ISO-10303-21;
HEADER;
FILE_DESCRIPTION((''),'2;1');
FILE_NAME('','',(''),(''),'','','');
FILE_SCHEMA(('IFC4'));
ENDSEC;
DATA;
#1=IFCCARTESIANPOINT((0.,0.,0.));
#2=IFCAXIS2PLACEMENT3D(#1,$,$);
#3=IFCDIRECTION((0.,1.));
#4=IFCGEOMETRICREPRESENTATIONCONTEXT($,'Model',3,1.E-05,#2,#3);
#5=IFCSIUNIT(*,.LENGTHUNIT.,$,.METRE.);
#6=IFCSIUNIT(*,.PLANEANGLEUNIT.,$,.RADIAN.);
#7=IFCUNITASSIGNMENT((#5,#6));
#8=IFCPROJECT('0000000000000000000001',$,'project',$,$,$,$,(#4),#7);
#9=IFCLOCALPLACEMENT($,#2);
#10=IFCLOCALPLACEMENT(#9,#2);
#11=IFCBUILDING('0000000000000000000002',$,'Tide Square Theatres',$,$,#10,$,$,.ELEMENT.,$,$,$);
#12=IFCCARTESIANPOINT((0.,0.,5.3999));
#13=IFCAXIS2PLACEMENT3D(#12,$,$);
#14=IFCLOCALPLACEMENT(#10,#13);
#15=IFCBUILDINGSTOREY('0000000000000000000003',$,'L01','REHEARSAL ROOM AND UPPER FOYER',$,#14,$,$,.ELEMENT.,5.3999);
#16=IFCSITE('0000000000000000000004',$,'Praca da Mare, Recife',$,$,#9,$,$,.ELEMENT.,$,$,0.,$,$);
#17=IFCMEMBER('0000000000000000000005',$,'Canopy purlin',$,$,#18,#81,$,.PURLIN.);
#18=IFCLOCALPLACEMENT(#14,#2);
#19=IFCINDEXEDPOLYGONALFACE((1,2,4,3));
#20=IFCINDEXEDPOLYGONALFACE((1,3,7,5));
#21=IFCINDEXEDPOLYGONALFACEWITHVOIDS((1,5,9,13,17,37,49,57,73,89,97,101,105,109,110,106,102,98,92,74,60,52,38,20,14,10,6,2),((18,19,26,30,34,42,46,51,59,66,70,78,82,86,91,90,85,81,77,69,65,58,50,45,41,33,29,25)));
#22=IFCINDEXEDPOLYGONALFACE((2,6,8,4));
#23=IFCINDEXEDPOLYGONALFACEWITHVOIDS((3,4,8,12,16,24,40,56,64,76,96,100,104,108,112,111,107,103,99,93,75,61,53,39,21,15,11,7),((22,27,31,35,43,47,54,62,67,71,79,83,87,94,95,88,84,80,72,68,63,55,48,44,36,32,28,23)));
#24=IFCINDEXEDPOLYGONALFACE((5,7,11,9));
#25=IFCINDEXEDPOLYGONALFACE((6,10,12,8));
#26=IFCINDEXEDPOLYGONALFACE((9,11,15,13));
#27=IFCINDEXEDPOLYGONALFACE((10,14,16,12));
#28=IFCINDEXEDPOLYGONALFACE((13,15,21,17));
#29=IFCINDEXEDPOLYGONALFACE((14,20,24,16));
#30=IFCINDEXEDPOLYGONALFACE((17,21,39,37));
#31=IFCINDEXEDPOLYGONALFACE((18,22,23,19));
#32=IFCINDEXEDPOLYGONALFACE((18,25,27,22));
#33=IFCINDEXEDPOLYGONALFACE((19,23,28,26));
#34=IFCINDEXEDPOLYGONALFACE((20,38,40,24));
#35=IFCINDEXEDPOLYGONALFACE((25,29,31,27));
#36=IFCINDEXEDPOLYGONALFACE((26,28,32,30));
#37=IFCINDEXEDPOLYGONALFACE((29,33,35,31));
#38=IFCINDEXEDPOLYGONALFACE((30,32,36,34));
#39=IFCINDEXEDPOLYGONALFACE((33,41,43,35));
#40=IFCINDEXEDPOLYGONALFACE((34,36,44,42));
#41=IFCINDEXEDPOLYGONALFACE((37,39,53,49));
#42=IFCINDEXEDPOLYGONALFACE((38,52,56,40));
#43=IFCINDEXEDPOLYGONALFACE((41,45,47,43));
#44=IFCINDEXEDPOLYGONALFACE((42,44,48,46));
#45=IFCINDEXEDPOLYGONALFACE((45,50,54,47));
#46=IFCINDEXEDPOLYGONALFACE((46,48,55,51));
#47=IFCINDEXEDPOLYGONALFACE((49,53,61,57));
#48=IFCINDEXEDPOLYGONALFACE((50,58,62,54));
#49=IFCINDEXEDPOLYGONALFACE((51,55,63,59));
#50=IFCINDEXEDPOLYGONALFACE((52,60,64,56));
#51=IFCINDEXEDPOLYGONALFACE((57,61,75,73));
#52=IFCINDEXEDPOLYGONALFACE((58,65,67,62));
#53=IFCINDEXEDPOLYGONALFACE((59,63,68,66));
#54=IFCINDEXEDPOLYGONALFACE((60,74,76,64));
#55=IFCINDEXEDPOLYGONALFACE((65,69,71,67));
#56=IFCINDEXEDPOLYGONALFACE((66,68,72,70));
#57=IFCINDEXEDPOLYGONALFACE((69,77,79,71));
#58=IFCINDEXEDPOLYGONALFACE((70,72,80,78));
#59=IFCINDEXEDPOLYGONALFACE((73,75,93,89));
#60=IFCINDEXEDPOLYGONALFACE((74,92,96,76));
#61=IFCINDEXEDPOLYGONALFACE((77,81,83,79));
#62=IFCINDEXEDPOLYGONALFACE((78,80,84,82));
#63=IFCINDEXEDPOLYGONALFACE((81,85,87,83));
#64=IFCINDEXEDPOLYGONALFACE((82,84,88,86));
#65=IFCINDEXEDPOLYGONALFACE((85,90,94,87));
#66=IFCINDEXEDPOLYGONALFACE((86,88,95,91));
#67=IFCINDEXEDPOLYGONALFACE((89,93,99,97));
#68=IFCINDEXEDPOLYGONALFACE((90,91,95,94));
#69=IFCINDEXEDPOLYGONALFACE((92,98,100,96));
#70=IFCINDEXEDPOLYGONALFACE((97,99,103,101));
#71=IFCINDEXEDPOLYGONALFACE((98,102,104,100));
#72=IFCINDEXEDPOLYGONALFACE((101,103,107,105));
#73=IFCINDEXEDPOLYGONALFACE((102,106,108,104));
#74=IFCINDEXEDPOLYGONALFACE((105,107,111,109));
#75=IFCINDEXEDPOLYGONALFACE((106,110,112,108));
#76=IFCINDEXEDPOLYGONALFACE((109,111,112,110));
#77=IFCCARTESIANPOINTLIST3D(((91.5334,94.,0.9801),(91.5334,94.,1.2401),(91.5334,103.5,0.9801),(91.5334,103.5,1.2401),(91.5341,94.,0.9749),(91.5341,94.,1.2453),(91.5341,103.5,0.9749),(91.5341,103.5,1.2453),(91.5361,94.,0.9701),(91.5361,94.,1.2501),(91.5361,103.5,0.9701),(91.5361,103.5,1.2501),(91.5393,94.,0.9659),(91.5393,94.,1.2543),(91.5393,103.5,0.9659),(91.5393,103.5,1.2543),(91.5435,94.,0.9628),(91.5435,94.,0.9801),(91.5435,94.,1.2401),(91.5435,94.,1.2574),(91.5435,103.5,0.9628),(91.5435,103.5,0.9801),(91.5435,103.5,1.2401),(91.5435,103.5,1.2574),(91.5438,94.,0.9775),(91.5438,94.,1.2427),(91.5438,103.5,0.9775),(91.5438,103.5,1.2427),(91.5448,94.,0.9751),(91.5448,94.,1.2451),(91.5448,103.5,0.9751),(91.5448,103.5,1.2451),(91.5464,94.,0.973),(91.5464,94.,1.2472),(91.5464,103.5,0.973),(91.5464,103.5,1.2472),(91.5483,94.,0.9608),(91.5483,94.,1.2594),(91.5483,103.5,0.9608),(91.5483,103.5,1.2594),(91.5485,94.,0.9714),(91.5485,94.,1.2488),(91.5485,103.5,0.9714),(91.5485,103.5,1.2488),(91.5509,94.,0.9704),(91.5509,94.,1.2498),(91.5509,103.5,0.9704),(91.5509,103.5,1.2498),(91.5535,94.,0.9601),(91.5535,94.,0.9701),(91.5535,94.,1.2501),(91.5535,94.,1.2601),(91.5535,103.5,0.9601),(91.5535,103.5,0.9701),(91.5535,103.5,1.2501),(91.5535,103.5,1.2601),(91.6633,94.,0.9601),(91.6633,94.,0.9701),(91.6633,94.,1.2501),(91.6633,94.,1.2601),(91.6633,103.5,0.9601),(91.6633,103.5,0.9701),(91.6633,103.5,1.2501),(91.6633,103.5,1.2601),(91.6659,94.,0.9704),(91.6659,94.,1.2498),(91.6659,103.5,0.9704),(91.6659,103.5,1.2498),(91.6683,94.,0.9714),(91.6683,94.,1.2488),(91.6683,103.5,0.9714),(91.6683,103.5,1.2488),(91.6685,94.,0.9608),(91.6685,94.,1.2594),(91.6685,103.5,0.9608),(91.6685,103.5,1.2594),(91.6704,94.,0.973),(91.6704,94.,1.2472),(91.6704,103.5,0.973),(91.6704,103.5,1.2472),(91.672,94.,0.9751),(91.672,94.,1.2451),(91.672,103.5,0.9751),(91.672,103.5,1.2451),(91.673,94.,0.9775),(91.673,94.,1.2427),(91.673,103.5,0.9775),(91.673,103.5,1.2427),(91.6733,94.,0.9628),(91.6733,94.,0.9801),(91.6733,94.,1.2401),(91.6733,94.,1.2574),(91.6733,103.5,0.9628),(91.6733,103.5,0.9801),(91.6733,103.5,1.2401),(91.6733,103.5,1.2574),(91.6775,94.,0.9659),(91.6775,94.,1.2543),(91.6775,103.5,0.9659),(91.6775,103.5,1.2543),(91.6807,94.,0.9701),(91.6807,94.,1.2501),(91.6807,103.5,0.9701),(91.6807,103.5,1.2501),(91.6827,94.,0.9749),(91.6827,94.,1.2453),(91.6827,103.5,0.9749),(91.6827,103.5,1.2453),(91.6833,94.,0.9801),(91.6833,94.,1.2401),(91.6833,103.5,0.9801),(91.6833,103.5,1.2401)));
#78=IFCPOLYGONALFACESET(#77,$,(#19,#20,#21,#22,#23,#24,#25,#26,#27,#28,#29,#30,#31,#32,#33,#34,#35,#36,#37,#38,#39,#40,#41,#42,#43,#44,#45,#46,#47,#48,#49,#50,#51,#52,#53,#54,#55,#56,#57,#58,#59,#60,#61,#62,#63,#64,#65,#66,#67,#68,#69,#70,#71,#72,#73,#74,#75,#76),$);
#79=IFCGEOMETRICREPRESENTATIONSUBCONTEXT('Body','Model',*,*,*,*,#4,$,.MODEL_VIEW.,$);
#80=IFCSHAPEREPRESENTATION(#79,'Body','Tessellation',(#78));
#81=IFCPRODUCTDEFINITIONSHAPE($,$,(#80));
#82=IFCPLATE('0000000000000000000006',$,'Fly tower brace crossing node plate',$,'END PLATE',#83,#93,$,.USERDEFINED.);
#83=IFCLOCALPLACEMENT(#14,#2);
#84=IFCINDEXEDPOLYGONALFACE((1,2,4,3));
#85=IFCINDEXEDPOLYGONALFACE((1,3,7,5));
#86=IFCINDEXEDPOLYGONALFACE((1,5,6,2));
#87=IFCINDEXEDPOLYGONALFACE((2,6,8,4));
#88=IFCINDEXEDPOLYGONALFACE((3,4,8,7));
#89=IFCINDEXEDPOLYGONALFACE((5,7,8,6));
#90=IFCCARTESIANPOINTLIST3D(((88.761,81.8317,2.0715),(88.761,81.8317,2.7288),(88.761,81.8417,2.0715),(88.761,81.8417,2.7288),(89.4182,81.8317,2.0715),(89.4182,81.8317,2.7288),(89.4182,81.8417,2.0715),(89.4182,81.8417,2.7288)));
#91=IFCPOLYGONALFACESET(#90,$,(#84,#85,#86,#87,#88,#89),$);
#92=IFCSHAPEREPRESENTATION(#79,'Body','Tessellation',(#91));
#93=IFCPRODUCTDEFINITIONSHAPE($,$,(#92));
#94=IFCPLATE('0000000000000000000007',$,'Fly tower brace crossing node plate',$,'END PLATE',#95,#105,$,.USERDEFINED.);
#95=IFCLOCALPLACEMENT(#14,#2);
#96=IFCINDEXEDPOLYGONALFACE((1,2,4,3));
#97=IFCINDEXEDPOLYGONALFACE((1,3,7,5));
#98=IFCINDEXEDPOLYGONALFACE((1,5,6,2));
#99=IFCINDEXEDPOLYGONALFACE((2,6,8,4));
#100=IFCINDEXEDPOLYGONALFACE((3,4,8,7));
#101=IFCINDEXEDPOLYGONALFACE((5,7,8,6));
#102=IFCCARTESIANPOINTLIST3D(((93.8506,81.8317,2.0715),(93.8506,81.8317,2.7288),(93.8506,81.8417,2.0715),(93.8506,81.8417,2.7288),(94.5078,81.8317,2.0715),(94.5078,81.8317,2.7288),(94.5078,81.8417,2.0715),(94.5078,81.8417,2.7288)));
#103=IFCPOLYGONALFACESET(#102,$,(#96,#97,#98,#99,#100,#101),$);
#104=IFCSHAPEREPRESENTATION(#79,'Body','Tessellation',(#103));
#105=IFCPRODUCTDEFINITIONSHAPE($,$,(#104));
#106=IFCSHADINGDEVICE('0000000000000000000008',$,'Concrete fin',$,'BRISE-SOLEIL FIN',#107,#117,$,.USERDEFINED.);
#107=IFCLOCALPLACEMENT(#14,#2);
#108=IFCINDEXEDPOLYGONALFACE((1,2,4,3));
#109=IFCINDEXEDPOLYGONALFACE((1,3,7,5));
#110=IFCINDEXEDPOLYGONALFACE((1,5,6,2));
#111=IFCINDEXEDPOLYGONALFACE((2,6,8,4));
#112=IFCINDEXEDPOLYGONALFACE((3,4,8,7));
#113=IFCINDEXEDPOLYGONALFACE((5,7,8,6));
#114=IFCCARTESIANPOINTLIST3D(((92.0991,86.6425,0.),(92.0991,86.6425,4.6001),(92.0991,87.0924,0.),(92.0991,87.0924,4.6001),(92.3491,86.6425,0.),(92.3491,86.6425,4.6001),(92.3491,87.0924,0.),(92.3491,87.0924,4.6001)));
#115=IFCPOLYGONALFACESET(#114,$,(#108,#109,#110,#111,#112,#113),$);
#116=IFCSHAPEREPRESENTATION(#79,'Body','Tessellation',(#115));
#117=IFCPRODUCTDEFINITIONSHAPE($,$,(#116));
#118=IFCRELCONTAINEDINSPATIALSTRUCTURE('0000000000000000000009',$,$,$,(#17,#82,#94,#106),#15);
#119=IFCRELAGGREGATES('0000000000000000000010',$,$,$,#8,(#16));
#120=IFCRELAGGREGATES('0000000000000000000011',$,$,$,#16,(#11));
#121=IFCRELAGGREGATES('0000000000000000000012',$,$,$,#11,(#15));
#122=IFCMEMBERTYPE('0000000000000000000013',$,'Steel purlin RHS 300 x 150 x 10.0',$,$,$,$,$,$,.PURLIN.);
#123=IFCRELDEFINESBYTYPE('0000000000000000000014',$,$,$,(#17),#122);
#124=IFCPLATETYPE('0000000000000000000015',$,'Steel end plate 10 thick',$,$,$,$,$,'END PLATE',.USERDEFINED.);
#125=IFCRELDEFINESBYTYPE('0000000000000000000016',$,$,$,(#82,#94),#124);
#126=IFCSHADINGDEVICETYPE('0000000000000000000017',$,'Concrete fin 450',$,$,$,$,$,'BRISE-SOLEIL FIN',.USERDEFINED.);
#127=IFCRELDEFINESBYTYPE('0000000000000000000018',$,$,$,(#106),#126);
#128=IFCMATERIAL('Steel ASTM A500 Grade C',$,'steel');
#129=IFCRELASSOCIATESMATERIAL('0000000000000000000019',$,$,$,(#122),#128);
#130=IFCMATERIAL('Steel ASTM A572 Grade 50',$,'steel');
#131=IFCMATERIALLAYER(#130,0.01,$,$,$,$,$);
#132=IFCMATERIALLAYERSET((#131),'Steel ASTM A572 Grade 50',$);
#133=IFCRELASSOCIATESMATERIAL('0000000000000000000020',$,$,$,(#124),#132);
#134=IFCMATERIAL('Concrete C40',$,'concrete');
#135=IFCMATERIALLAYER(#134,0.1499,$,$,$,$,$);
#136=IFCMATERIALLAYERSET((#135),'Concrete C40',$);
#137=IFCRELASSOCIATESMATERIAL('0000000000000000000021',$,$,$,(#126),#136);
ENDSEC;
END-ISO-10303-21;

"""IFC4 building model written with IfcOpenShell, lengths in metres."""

from ifc_helpers import new_model, si_unit, direction, frame, origin, origin_2d, place, context, subcontext, project, spatial, rectangle, hollow_rectangle, extrude, material, layer, layer_set, material_profile, profile_set, type_object, element, save


model = new_model("IFC4")

# Units and contexts
model_context = context("Model", 3, precision=1e-05, world=origin(), true_north=direction((0.0, 1.0)))
body_context = subcontext(model_context, "Body", "Model", "MODEL_VIEW")
ifc_project = project(units=[si_unit("LENGTHUNIT", "METRE"), si_unit("PLANEANGLEUNIT", "RADIAN")], contexts=[model_context])

# Site, building, storey
site_placement = place(None, origin())
site = spatial("IfcSite", under=ifc_project, at=site_placement, Name="Praca da Mare, Recife", CompositionType="ELEMENT", RefElevation=0.0)
building_placement = place(site_placement, origin())
building = spatial("IfcBuilding", under=site, at=building_placement, Name="Tide Square Theatres", CompositionType="ELEMENT")
storey_placement = place(building_placement, frame((0.0, 0.0, 5.3999)))
storey = spatial("IfcBuildingStorey", under=building, at=storey_placement, Name="L01", Description="REHEARSAL ROOM AND UPPER FOYER", CompositionType="ELEMENT", Elevation=5.3999)

# Member
ifc_material_1 = material(Name="Steel ASTM A500 Grade C", Category="steel")
ifc_material_profile_1 = material_profile(ifc_material_1, hollow_rectangle(XDim=0.1499, YDim=0.3, WallThickness=0.01, InnerFilletRadius=0.01, OuterFilletRadius=0.02, at=origin_2d()))
ifc_profile_set_1 = profile_set([ifc_material_profile_1], Name="Steel ASTM A500 Grade C")
member_type = type_object("IfcMemberType", Name="Steel purlin RHS 300 x 150 x 10.0", PredefinedType="PURLIN", material=ifc_profile_set_1)
member_1_placement = place(storey_placement, frame((91.6084, 94.0, 1.1101), z_axis=(0.0, 1.0, 0.0), x_axis=(-1.0, 0.0, 0.0)))
element("IfcMember", 1, at=member_1_placement, inside=storey, type_object=member_type, Name="Canopy purlin", PredefinedType="PURLIN", context=body_context, shape_type="SweptSolid", body=[
    extrude(hollow_rectangle(XDim=0.1499, YDim=0.3, WallThickness=0.01, InnerFilletRadius=0.01, OuterFilletRadius=0.02, at=origin_2d()), origin(), (0.0, 0.0, 1.0), 9.5),
])

# Plates
ifc_material_2 = material(Name="Steel ASTM A572 Grade 50", Category="steel")
ifc_layer_1 = layer(ifc_material_2, 0.01)
ifc_layer_set_1 = layer_set([ifc_layer_1], Name="Steel ASTM A572 Grade 50")
plate_type = type_object("IfcPlateType", Name="Steel end plate 10 thick", ElementType="END PLATE", PredefinedType="USERDEFINED", material=ifc_layer_set_1)
for number, where, z_axis, x_axis, name in (
    (2, (89.0896, 81.8367, 2.0715), (0.0, 0.0, 1.0), (0.0, 1.0, 0.0), "Fly tower brace crossing node plate"),
    (3, (94.1792, 81.8367, 2.0715), (0.0, 0.0, 1.0), (0.0, 1.0, 0.0), "Fly tower brace crossing node plate"),
):
    element("IfcPlate", number, at=place(storey_placement, frame(where, z_axis=z_axis, x_axis=x_axis)), inside=storey, type_object=plate_type, Name=name, ObjectType="END PLATE", PredefinedType="USERDEFINED", context=body_context, shape_type="SweptSolid", body=[
        extrude(rectangle(XDim=0.01, YDim=0.6572, at=origin_2d()), origin(), (0.0, 0.0, 1.0), 0.6572),
    ])

# Shading device
ifc_material_3 = material(Name="Concrete C40", Category="concrete")
ifc_layer_2 = layer(ifc_material_3, 0.1499)
ifc_layer_set_2 = layer_set([ifc_layer_2], Name="Concrete C40")
shading_device_type = type_object("IfcShadingDeviceType", Name="Concrete fin 450", ElementType="BRISE-SOLEIL FIN", PredefinedType="USERDEFINED", material=ifc_layer_set_2)
shading_device_placement = place(storey_placement, frame((92.2241, 86.8674, 0.0), z_axis=(0.0, 0.0, 1.0), x_axis=(-1.0, 0.0, 0.0)))
element("IfcShadingDevice", 4, at=shading_device_placement, inside=storey, type_object=shading_device_type, Name="Concrete fin", ObjectType="BRISE-SOLEIL FIN", PredefinedType="USERDEFINED", context=body_context, shape_type="SweptSolid", body=[
    extrude(rectangle(XDim=0.25, YDim=0.45, at=origin_2d()), origin(), (0.0, 0.0, 1.0), 4.6001),
])

save(model, "model.ifc")
